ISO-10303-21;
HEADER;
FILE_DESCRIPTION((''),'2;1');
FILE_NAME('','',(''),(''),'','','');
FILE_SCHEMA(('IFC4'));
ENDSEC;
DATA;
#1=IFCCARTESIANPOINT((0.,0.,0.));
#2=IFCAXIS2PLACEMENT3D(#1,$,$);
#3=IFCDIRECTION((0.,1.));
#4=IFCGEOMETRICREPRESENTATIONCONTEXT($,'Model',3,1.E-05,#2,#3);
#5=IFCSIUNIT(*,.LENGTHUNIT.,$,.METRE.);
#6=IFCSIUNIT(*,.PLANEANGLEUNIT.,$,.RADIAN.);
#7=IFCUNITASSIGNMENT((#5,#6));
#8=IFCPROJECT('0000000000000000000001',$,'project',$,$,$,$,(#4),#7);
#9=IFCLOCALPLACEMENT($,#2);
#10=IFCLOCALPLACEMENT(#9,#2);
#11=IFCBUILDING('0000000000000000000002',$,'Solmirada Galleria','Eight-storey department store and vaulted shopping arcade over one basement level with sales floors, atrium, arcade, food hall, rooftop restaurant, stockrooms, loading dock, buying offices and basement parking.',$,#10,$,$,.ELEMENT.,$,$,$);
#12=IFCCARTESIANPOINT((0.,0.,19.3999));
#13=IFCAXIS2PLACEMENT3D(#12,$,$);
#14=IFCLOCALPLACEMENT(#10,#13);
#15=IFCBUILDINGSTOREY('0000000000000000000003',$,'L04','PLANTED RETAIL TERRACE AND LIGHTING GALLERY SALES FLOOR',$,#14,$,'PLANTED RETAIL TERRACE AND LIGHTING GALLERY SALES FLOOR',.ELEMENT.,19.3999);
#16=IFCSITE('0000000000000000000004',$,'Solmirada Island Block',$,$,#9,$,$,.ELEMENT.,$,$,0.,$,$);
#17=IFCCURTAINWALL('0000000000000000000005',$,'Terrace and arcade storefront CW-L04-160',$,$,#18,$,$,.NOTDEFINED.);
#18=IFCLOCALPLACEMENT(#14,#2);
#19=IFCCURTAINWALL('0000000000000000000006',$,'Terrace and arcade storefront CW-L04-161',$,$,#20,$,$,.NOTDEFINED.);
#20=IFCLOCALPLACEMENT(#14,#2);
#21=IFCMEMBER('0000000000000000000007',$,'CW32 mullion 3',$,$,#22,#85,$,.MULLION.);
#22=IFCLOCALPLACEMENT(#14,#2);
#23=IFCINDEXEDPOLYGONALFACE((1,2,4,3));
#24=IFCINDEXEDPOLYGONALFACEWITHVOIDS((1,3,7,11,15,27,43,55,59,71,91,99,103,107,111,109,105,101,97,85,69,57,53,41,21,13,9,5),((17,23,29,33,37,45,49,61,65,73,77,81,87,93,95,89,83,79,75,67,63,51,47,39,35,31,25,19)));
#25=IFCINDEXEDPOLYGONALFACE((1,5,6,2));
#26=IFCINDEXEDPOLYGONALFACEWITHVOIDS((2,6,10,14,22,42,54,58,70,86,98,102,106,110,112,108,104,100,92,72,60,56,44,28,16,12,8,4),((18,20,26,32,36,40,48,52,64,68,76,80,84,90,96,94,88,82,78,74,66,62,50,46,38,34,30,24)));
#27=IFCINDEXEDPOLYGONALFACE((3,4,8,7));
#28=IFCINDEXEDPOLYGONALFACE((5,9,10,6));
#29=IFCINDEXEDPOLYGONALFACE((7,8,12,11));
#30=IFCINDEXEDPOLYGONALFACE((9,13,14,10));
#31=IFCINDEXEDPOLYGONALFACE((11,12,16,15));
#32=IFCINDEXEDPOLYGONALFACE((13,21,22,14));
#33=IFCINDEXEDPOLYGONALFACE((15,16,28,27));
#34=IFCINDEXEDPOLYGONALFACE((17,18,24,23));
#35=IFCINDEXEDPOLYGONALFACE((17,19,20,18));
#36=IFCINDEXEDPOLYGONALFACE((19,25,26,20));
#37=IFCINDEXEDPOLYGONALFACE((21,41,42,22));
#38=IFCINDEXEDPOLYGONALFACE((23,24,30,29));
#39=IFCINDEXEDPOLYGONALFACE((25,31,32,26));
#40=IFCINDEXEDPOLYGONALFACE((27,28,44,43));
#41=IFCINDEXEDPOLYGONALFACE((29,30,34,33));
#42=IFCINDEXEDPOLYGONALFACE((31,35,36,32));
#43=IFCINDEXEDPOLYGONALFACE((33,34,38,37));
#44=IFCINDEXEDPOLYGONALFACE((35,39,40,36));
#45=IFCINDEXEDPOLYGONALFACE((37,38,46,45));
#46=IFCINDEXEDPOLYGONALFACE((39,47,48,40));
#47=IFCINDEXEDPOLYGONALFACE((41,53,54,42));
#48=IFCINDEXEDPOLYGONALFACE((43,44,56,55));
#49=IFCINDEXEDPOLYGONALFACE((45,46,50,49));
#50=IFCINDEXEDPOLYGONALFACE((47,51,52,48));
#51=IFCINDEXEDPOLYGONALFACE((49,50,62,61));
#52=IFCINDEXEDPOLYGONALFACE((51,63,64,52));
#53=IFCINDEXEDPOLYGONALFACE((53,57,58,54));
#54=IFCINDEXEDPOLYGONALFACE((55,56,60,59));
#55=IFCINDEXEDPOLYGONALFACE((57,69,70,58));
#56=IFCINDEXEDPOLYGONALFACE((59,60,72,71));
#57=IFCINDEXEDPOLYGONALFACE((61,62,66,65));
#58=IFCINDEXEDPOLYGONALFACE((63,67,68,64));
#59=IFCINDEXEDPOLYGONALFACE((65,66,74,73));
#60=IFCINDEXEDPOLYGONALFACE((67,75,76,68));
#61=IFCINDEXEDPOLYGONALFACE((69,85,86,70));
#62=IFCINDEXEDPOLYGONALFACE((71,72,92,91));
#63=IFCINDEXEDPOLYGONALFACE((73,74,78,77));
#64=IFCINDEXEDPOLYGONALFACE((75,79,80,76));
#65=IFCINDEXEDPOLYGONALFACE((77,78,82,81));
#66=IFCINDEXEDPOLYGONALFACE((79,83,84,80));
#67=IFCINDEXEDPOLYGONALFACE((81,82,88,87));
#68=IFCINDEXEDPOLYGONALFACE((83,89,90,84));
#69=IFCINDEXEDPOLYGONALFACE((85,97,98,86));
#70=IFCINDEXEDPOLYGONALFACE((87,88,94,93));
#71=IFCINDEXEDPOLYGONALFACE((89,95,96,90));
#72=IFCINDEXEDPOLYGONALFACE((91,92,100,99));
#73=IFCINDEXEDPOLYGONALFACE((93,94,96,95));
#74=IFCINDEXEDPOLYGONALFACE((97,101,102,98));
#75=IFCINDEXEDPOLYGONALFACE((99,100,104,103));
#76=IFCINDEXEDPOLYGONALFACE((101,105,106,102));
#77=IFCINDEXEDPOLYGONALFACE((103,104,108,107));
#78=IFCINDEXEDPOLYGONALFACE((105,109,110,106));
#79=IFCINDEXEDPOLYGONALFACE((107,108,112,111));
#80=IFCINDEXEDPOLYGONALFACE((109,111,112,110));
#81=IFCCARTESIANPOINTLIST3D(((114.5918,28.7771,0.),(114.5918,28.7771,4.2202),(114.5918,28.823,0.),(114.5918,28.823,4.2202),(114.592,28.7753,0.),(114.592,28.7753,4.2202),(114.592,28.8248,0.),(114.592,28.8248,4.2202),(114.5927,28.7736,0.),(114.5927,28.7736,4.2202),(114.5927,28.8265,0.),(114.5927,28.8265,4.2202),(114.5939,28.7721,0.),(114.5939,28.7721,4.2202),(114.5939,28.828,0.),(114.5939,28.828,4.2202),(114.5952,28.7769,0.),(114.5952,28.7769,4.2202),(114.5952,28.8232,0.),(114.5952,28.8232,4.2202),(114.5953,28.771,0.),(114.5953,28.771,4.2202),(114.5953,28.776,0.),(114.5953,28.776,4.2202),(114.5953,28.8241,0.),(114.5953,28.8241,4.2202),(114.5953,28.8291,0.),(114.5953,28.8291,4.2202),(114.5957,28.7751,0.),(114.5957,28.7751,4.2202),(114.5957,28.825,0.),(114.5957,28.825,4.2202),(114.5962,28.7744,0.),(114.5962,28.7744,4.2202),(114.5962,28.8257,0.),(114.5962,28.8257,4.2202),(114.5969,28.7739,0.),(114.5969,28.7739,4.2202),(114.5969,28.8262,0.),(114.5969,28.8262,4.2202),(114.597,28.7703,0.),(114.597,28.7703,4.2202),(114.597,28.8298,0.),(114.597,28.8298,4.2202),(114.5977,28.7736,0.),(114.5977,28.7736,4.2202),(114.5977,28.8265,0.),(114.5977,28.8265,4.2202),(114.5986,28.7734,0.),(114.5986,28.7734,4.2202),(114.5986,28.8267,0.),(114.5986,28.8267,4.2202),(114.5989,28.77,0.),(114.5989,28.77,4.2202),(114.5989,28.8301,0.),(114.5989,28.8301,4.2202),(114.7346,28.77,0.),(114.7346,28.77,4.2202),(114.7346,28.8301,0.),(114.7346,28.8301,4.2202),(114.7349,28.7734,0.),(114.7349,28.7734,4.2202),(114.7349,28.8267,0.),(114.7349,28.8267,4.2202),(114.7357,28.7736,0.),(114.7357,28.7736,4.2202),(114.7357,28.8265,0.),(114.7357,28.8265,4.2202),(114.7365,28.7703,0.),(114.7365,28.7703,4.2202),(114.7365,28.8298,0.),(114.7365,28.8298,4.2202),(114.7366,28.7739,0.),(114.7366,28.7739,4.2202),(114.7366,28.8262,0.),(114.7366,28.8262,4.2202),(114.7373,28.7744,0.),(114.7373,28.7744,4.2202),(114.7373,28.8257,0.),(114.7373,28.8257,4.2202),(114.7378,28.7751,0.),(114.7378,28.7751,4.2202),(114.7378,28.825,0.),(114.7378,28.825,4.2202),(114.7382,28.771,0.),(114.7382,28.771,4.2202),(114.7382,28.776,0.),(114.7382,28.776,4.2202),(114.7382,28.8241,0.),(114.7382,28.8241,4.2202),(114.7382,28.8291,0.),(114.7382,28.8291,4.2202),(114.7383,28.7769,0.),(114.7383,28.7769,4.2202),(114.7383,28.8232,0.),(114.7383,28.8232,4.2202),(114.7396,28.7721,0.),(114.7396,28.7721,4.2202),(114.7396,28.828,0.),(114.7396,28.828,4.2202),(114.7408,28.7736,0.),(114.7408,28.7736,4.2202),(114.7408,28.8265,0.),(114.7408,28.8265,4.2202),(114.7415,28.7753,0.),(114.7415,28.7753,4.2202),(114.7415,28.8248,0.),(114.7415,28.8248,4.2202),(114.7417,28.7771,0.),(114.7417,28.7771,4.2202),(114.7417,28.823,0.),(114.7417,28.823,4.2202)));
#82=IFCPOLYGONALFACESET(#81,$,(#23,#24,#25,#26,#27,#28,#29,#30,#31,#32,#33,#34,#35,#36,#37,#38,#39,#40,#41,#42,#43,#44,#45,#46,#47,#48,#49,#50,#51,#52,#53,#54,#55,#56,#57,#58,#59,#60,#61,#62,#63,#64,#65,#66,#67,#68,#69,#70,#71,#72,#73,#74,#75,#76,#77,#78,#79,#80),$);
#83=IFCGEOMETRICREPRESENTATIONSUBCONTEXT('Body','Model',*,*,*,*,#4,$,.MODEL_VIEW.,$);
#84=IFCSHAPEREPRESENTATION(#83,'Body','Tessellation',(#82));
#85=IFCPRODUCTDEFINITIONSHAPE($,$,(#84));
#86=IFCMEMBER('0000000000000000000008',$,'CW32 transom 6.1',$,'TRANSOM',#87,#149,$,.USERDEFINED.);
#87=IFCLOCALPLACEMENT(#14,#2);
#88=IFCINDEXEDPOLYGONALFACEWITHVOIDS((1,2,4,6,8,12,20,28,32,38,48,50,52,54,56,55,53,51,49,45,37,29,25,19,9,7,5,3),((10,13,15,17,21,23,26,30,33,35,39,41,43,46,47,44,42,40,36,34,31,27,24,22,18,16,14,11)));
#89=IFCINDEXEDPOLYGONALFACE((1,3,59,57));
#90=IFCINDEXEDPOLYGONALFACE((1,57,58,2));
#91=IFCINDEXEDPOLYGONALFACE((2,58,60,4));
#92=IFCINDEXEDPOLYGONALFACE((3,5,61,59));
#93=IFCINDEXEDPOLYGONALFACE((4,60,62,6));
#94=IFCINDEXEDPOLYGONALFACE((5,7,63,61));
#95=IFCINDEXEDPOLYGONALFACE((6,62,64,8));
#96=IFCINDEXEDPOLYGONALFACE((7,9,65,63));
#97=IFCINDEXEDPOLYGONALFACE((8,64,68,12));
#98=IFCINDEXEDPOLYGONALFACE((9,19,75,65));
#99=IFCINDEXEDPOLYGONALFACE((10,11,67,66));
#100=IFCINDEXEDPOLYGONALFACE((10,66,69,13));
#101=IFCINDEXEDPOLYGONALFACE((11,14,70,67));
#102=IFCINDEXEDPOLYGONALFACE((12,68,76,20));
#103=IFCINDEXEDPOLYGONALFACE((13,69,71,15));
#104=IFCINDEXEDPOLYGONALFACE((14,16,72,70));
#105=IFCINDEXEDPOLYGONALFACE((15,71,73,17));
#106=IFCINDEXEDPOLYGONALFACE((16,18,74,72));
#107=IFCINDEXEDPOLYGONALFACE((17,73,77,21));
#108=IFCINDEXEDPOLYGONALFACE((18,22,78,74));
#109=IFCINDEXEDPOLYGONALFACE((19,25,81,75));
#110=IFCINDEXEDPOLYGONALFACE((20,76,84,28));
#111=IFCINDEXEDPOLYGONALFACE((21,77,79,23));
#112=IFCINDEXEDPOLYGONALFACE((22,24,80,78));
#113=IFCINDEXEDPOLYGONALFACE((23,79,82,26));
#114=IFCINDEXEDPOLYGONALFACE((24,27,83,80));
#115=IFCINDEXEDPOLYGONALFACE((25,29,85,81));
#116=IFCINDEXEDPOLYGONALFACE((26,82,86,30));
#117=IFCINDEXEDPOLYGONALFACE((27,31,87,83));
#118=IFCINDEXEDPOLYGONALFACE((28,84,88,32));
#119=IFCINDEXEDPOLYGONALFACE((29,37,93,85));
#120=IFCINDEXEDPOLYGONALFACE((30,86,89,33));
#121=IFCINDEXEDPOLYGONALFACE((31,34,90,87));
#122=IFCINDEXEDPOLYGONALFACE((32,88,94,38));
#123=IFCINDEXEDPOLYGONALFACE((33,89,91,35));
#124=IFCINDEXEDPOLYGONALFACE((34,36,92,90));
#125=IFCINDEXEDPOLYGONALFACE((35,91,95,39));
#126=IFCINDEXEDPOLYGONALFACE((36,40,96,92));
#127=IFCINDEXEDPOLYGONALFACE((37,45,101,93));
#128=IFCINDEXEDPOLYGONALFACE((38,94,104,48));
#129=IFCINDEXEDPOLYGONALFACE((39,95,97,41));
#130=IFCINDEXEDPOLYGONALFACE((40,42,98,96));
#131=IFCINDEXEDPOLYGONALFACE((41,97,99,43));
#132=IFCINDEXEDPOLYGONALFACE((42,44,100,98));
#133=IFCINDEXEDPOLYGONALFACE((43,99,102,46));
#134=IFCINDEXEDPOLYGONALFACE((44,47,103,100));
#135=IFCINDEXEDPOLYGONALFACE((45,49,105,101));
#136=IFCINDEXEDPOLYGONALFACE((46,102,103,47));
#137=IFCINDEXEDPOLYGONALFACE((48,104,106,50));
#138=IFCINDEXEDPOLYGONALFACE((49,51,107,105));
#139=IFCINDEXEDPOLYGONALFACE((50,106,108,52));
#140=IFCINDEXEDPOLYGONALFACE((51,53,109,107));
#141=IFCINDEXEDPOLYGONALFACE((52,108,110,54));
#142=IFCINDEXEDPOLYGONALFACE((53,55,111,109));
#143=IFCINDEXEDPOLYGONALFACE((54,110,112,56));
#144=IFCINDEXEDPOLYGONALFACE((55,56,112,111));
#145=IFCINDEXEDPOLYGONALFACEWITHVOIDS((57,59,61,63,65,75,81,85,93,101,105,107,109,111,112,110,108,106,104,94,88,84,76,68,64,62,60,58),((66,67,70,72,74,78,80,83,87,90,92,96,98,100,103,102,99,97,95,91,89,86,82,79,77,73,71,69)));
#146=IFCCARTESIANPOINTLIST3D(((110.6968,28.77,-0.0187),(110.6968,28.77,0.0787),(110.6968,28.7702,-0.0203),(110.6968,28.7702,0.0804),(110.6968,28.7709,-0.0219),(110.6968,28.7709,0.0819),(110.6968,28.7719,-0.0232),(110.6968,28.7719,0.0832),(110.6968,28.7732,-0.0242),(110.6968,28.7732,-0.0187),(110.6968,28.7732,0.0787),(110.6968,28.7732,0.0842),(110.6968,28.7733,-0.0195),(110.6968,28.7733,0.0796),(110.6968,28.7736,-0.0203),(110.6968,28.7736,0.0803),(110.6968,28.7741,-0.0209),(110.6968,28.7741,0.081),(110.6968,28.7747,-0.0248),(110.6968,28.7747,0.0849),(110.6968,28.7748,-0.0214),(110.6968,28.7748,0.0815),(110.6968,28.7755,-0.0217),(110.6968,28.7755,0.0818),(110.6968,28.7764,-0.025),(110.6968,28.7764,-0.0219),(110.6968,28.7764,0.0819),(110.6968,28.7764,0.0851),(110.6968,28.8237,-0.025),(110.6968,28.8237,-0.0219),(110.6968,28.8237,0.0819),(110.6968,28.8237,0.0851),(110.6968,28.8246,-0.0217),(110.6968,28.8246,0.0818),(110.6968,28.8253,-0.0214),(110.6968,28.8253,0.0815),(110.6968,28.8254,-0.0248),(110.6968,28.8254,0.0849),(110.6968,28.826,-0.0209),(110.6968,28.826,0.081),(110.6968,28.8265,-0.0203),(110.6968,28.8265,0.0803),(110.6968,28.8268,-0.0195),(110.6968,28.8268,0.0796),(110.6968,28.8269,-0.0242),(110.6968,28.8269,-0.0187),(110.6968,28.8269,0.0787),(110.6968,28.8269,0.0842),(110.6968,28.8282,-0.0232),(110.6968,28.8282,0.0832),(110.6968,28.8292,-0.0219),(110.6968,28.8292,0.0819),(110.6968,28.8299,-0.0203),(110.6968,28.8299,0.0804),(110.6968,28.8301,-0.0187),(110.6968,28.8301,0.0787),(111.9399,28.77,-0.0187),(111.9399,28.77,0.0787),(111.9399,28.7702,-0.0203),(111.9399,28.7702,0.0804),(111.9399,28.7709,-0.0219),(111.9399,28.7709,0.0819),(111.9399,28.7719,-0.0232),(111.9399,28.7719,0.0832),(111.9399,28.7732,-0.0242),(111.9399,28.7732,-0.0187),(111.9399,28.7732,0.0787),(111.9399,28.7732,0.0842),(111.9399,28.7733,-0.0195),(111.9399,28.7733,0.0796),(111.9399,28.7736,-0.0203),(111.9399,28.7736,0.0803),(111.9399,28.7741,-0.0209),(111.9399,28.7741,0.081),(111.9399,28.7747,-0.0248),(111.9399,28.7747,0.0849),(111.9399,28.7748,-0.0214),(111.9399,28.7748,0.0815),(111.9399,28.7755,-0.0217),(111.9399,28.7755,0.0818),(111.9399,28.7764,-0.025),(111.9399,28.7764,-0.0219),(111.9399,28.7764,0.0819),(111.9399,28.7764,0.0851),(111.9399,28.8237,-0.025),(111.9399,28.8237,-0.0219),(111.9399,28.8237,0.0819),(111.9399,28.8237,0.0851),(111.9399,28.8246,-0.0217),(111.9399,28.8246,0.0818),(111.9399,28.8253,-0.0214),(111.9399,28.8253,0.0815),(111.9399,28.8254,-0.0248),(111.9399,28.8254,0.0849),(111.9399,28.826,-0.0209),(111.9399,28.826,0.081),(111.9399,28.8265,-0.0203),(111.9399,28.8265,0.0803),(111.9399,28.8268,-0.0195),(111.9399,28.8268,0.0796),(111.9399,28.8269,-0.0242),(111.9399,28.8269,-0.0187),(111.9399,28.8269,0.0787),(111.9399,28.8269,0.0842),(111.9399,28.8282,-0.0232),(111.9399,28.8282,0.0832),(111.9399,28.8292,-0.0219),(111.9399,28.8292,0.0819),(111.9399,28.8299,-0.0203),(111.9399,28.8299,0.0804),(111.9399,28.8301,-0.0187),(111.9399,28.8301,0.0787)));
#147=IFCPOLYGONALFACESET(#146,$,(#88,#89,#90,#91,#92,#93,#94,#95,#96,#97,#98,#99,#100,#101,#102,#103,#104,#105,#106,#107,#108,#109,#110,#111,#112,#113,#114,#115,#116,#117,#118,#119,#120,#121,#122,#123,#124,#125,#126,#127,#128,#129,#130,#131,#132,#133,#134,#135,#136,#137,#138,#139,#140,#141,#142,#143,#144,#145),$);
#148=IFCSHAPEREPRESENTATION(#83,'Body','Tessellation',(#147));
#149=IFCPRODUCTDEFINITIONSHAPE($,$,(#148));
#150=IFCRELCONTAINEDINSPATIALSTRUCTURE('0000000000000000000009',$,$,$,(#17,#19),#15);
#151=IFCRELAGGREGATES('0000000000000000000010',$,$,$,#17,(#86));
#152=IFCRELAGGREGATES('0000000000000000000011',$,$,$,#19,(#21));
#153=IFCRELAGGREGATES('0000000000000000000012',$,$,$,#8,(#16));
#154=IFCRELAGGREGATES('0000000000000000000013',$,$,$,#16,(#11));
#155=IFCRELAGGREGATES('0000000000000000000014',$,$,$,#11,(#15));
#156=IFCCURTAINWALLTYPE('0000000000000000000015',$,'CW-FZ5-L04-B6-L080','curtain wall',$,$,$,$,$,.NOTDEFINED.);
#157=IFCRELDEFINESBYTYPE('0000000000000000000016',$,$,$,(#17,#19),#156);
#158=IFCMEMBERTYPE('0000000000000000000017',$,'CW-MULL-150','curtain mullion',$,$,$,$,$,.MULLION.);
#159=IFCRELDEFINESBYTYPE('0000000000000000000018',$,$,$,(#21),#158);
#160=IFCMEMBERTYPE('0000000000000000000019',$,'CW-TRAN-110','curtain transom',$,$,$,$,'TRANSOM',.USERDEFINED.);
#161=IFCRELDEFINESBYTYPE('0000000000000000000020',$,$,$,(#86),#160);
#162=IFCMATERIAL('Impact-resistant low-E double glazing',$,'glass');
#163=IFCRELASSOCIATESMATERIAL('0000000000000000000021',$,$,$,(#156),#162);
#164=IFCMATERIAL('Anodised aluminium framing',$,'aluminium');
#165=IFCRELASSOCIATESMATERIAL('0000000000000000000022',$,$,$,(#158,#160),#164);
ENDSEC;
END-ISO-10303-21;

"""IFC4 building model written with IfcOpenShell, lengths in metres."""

from ifc_helpers import new_model, si_unit, direction, frame, origin, origin_2d, place, context, subcontext, project, spatial, hollow_rectangle, extrude, material, material_profile, profile_set, type_object, element, aggregate, save


model = new_model("IFC4")

# Units and contexts
model_context = context("Model", 3, precision=1e-05, world=origin(), true_north=direction((0.0, 1.0)))
body_context = subcontext(model_context, "Body", "Model", "MODEL_VIEW")
ifc_project = project(units=[si_unit("LENGTHUNIT", "METRE"), si_unit("PLANEANGLEUNIT", "RADIAN")], contexts=[model_context])

# Site, building, storey
site_placement = place(None, origin())
site = spatial("IfcSite", under=ifc_project, at=site_placement, Name="Solmirada Island Block", CompositionType="ELEMENT", RefElevation=0.0)
building_placement = place(site_placement, origin())
building = spatial("IfcBuilding", under=site, at=building_placement, Name="Solmirada Galleria", Description="Eight-storey department store and vaulted shopping arcade over one basement level with sales floors, atrium, arcade, food hall, rooftop restaurant, stockrooms, loading dock, buying offices and basement parking.", CompositionType="ELEMENT")
storey_placement = place(building_placement, frame((0.0, 0.0, 19.3999)))
storey = spatial("IfcBuildingStorey", under=building, at=storey_placement, Name="L04", Description="PLANTED RETAIL TERRACE AND LIGHTING GALLERY SALES FLOOR", LongName="PLANTED RETAIL TERRACE AND LIGHTING GALLERY SALES FLOOR", CompositionType="ELEMENT", Elevation=19.3999)

# Curtain wall
ifc_material_1 = material(Name="Impact-resistant low-E double glazing", Category="glass")
curtain_wall_type = type_object("IfcCurtainWallType", Name="CW-FZ5-L04-B6-L080", Description="curtain wall", PredefinedType="NOTDEFINED", material=ifc_material_1)
curtain_wall_1_placement = place(storey_placement, origin())
curtain_wall_1 = element("IfcCurtainWall", 1, at=curtain_wall_1_placement, inside=storey, type_object=curtain_wall_type, Name="Terrace and arcade storefront CW-L04-160", PredefinedType="NOTDEFINED")
ifc_material_2 = material(Name="Anodised aluminium framing", Category="aluminium")
ifc_material_profile_1 = material_profile(ifc_material_2, hollow_rectangle(XDim=0.0601, YDim=0.1499, WallThickness=0.0034, InnerFilletRadius=0.0034, OuterFilletRadius=0.0071, at=origin_2d()), Name="ALU-MULL-150X60")
ifc_profile_set_1 = profile_set([ifc_material_profile_1], Name="Anodised aluminium framing")
member_type_1 = type_object("IfcMemberType", Name="CW-MULL-150", Description="curtain mullion", PredefinedType="MULLION", material=ifc_profile_set_1)

# Curtain wall, member
curtain_wall_2_placement = place(storey_placement, origin())
curtain_wall_2 = element("IfcCurtainWall", 2, at=curtain_wall_2_placement, inside=storey, type_object=curtain_wall_type, Name="Terrace and arcade storefront CW-L04-161", PredefinedType="NOTDEFINED")
member_1_placement = place(storey_placement, frame((114.6667, 28.8, 0.0), z_axis=(0.0, 0.0, 1.0), x_axis=(0.0, 1.0, 0.0)))
member_1 = element("IfcMember", 3, at=member_1_placement, type_object=member_type_1, Name="CW32 mullion 3", PredefinedType="MULLION", context=body_context, shape_type="SweptSolid", body=[
    extrude(hollow_rectangle(XDim=0.0601, YDim=0.1499, WallThickness=0.0034, InnerFilletRadius=0.0034, OuterFilletRadius=0.0071, at=origin_2d()), origin(), (0.0, 0.0, 1.0), 4.2202),
])

# Member
ifc_material_profile_2 = material_profile(ifc_material_2, hollow_rectangle(XDim=0.0601, YDim=0.1101, WallThickness=0.0032, InnerFilletRadius=0.0032, OuterFilletRadius=0.0063, at=origin_2d()), Name="ALU-TRAN-110X60")
ifc_profile_set_2 = profile_set([ifc_material_profile_2], Name="Anodised aluminium framing")
member_type_2 = type_object("IfcMemberType", Name="CW-TRAN-110", Description="curtain transom", ElementType="TRANSOM", PredefinedType="USERDEFINED", material=ifc_profile_set_2)
member_2_placement = place(storey_placement, frame((110.6968, 28.8, 0.03), z_axis=(1.0, 0.0, 0.0), x_axis=(0.0, 1.0, 0.0)))
member_2 = element("IfcMember", 4, at=member_2_placement, type_object=member_type_2, Name="CW32 transom 6.1", ObjectType="TRANSOM", PredefinedType="USERDEFINED", context=body_context, shape_type="SweptSolid", body=[
    extrude(hollow_rectangle(XDim=0.0601, YDim=0.1101, WallThickness=0.0032, InnerFilletRadius=0.0032, OuterFilletRadius=0.0063, at=origin_2d()), origin(), (0.0, 0.0, 1.0), 1.2432),
])

aggregate(curtain_wall_1, [member_2])
aggregate(curtain_wall_2, [member_1])

save(model, "model.ifc")
